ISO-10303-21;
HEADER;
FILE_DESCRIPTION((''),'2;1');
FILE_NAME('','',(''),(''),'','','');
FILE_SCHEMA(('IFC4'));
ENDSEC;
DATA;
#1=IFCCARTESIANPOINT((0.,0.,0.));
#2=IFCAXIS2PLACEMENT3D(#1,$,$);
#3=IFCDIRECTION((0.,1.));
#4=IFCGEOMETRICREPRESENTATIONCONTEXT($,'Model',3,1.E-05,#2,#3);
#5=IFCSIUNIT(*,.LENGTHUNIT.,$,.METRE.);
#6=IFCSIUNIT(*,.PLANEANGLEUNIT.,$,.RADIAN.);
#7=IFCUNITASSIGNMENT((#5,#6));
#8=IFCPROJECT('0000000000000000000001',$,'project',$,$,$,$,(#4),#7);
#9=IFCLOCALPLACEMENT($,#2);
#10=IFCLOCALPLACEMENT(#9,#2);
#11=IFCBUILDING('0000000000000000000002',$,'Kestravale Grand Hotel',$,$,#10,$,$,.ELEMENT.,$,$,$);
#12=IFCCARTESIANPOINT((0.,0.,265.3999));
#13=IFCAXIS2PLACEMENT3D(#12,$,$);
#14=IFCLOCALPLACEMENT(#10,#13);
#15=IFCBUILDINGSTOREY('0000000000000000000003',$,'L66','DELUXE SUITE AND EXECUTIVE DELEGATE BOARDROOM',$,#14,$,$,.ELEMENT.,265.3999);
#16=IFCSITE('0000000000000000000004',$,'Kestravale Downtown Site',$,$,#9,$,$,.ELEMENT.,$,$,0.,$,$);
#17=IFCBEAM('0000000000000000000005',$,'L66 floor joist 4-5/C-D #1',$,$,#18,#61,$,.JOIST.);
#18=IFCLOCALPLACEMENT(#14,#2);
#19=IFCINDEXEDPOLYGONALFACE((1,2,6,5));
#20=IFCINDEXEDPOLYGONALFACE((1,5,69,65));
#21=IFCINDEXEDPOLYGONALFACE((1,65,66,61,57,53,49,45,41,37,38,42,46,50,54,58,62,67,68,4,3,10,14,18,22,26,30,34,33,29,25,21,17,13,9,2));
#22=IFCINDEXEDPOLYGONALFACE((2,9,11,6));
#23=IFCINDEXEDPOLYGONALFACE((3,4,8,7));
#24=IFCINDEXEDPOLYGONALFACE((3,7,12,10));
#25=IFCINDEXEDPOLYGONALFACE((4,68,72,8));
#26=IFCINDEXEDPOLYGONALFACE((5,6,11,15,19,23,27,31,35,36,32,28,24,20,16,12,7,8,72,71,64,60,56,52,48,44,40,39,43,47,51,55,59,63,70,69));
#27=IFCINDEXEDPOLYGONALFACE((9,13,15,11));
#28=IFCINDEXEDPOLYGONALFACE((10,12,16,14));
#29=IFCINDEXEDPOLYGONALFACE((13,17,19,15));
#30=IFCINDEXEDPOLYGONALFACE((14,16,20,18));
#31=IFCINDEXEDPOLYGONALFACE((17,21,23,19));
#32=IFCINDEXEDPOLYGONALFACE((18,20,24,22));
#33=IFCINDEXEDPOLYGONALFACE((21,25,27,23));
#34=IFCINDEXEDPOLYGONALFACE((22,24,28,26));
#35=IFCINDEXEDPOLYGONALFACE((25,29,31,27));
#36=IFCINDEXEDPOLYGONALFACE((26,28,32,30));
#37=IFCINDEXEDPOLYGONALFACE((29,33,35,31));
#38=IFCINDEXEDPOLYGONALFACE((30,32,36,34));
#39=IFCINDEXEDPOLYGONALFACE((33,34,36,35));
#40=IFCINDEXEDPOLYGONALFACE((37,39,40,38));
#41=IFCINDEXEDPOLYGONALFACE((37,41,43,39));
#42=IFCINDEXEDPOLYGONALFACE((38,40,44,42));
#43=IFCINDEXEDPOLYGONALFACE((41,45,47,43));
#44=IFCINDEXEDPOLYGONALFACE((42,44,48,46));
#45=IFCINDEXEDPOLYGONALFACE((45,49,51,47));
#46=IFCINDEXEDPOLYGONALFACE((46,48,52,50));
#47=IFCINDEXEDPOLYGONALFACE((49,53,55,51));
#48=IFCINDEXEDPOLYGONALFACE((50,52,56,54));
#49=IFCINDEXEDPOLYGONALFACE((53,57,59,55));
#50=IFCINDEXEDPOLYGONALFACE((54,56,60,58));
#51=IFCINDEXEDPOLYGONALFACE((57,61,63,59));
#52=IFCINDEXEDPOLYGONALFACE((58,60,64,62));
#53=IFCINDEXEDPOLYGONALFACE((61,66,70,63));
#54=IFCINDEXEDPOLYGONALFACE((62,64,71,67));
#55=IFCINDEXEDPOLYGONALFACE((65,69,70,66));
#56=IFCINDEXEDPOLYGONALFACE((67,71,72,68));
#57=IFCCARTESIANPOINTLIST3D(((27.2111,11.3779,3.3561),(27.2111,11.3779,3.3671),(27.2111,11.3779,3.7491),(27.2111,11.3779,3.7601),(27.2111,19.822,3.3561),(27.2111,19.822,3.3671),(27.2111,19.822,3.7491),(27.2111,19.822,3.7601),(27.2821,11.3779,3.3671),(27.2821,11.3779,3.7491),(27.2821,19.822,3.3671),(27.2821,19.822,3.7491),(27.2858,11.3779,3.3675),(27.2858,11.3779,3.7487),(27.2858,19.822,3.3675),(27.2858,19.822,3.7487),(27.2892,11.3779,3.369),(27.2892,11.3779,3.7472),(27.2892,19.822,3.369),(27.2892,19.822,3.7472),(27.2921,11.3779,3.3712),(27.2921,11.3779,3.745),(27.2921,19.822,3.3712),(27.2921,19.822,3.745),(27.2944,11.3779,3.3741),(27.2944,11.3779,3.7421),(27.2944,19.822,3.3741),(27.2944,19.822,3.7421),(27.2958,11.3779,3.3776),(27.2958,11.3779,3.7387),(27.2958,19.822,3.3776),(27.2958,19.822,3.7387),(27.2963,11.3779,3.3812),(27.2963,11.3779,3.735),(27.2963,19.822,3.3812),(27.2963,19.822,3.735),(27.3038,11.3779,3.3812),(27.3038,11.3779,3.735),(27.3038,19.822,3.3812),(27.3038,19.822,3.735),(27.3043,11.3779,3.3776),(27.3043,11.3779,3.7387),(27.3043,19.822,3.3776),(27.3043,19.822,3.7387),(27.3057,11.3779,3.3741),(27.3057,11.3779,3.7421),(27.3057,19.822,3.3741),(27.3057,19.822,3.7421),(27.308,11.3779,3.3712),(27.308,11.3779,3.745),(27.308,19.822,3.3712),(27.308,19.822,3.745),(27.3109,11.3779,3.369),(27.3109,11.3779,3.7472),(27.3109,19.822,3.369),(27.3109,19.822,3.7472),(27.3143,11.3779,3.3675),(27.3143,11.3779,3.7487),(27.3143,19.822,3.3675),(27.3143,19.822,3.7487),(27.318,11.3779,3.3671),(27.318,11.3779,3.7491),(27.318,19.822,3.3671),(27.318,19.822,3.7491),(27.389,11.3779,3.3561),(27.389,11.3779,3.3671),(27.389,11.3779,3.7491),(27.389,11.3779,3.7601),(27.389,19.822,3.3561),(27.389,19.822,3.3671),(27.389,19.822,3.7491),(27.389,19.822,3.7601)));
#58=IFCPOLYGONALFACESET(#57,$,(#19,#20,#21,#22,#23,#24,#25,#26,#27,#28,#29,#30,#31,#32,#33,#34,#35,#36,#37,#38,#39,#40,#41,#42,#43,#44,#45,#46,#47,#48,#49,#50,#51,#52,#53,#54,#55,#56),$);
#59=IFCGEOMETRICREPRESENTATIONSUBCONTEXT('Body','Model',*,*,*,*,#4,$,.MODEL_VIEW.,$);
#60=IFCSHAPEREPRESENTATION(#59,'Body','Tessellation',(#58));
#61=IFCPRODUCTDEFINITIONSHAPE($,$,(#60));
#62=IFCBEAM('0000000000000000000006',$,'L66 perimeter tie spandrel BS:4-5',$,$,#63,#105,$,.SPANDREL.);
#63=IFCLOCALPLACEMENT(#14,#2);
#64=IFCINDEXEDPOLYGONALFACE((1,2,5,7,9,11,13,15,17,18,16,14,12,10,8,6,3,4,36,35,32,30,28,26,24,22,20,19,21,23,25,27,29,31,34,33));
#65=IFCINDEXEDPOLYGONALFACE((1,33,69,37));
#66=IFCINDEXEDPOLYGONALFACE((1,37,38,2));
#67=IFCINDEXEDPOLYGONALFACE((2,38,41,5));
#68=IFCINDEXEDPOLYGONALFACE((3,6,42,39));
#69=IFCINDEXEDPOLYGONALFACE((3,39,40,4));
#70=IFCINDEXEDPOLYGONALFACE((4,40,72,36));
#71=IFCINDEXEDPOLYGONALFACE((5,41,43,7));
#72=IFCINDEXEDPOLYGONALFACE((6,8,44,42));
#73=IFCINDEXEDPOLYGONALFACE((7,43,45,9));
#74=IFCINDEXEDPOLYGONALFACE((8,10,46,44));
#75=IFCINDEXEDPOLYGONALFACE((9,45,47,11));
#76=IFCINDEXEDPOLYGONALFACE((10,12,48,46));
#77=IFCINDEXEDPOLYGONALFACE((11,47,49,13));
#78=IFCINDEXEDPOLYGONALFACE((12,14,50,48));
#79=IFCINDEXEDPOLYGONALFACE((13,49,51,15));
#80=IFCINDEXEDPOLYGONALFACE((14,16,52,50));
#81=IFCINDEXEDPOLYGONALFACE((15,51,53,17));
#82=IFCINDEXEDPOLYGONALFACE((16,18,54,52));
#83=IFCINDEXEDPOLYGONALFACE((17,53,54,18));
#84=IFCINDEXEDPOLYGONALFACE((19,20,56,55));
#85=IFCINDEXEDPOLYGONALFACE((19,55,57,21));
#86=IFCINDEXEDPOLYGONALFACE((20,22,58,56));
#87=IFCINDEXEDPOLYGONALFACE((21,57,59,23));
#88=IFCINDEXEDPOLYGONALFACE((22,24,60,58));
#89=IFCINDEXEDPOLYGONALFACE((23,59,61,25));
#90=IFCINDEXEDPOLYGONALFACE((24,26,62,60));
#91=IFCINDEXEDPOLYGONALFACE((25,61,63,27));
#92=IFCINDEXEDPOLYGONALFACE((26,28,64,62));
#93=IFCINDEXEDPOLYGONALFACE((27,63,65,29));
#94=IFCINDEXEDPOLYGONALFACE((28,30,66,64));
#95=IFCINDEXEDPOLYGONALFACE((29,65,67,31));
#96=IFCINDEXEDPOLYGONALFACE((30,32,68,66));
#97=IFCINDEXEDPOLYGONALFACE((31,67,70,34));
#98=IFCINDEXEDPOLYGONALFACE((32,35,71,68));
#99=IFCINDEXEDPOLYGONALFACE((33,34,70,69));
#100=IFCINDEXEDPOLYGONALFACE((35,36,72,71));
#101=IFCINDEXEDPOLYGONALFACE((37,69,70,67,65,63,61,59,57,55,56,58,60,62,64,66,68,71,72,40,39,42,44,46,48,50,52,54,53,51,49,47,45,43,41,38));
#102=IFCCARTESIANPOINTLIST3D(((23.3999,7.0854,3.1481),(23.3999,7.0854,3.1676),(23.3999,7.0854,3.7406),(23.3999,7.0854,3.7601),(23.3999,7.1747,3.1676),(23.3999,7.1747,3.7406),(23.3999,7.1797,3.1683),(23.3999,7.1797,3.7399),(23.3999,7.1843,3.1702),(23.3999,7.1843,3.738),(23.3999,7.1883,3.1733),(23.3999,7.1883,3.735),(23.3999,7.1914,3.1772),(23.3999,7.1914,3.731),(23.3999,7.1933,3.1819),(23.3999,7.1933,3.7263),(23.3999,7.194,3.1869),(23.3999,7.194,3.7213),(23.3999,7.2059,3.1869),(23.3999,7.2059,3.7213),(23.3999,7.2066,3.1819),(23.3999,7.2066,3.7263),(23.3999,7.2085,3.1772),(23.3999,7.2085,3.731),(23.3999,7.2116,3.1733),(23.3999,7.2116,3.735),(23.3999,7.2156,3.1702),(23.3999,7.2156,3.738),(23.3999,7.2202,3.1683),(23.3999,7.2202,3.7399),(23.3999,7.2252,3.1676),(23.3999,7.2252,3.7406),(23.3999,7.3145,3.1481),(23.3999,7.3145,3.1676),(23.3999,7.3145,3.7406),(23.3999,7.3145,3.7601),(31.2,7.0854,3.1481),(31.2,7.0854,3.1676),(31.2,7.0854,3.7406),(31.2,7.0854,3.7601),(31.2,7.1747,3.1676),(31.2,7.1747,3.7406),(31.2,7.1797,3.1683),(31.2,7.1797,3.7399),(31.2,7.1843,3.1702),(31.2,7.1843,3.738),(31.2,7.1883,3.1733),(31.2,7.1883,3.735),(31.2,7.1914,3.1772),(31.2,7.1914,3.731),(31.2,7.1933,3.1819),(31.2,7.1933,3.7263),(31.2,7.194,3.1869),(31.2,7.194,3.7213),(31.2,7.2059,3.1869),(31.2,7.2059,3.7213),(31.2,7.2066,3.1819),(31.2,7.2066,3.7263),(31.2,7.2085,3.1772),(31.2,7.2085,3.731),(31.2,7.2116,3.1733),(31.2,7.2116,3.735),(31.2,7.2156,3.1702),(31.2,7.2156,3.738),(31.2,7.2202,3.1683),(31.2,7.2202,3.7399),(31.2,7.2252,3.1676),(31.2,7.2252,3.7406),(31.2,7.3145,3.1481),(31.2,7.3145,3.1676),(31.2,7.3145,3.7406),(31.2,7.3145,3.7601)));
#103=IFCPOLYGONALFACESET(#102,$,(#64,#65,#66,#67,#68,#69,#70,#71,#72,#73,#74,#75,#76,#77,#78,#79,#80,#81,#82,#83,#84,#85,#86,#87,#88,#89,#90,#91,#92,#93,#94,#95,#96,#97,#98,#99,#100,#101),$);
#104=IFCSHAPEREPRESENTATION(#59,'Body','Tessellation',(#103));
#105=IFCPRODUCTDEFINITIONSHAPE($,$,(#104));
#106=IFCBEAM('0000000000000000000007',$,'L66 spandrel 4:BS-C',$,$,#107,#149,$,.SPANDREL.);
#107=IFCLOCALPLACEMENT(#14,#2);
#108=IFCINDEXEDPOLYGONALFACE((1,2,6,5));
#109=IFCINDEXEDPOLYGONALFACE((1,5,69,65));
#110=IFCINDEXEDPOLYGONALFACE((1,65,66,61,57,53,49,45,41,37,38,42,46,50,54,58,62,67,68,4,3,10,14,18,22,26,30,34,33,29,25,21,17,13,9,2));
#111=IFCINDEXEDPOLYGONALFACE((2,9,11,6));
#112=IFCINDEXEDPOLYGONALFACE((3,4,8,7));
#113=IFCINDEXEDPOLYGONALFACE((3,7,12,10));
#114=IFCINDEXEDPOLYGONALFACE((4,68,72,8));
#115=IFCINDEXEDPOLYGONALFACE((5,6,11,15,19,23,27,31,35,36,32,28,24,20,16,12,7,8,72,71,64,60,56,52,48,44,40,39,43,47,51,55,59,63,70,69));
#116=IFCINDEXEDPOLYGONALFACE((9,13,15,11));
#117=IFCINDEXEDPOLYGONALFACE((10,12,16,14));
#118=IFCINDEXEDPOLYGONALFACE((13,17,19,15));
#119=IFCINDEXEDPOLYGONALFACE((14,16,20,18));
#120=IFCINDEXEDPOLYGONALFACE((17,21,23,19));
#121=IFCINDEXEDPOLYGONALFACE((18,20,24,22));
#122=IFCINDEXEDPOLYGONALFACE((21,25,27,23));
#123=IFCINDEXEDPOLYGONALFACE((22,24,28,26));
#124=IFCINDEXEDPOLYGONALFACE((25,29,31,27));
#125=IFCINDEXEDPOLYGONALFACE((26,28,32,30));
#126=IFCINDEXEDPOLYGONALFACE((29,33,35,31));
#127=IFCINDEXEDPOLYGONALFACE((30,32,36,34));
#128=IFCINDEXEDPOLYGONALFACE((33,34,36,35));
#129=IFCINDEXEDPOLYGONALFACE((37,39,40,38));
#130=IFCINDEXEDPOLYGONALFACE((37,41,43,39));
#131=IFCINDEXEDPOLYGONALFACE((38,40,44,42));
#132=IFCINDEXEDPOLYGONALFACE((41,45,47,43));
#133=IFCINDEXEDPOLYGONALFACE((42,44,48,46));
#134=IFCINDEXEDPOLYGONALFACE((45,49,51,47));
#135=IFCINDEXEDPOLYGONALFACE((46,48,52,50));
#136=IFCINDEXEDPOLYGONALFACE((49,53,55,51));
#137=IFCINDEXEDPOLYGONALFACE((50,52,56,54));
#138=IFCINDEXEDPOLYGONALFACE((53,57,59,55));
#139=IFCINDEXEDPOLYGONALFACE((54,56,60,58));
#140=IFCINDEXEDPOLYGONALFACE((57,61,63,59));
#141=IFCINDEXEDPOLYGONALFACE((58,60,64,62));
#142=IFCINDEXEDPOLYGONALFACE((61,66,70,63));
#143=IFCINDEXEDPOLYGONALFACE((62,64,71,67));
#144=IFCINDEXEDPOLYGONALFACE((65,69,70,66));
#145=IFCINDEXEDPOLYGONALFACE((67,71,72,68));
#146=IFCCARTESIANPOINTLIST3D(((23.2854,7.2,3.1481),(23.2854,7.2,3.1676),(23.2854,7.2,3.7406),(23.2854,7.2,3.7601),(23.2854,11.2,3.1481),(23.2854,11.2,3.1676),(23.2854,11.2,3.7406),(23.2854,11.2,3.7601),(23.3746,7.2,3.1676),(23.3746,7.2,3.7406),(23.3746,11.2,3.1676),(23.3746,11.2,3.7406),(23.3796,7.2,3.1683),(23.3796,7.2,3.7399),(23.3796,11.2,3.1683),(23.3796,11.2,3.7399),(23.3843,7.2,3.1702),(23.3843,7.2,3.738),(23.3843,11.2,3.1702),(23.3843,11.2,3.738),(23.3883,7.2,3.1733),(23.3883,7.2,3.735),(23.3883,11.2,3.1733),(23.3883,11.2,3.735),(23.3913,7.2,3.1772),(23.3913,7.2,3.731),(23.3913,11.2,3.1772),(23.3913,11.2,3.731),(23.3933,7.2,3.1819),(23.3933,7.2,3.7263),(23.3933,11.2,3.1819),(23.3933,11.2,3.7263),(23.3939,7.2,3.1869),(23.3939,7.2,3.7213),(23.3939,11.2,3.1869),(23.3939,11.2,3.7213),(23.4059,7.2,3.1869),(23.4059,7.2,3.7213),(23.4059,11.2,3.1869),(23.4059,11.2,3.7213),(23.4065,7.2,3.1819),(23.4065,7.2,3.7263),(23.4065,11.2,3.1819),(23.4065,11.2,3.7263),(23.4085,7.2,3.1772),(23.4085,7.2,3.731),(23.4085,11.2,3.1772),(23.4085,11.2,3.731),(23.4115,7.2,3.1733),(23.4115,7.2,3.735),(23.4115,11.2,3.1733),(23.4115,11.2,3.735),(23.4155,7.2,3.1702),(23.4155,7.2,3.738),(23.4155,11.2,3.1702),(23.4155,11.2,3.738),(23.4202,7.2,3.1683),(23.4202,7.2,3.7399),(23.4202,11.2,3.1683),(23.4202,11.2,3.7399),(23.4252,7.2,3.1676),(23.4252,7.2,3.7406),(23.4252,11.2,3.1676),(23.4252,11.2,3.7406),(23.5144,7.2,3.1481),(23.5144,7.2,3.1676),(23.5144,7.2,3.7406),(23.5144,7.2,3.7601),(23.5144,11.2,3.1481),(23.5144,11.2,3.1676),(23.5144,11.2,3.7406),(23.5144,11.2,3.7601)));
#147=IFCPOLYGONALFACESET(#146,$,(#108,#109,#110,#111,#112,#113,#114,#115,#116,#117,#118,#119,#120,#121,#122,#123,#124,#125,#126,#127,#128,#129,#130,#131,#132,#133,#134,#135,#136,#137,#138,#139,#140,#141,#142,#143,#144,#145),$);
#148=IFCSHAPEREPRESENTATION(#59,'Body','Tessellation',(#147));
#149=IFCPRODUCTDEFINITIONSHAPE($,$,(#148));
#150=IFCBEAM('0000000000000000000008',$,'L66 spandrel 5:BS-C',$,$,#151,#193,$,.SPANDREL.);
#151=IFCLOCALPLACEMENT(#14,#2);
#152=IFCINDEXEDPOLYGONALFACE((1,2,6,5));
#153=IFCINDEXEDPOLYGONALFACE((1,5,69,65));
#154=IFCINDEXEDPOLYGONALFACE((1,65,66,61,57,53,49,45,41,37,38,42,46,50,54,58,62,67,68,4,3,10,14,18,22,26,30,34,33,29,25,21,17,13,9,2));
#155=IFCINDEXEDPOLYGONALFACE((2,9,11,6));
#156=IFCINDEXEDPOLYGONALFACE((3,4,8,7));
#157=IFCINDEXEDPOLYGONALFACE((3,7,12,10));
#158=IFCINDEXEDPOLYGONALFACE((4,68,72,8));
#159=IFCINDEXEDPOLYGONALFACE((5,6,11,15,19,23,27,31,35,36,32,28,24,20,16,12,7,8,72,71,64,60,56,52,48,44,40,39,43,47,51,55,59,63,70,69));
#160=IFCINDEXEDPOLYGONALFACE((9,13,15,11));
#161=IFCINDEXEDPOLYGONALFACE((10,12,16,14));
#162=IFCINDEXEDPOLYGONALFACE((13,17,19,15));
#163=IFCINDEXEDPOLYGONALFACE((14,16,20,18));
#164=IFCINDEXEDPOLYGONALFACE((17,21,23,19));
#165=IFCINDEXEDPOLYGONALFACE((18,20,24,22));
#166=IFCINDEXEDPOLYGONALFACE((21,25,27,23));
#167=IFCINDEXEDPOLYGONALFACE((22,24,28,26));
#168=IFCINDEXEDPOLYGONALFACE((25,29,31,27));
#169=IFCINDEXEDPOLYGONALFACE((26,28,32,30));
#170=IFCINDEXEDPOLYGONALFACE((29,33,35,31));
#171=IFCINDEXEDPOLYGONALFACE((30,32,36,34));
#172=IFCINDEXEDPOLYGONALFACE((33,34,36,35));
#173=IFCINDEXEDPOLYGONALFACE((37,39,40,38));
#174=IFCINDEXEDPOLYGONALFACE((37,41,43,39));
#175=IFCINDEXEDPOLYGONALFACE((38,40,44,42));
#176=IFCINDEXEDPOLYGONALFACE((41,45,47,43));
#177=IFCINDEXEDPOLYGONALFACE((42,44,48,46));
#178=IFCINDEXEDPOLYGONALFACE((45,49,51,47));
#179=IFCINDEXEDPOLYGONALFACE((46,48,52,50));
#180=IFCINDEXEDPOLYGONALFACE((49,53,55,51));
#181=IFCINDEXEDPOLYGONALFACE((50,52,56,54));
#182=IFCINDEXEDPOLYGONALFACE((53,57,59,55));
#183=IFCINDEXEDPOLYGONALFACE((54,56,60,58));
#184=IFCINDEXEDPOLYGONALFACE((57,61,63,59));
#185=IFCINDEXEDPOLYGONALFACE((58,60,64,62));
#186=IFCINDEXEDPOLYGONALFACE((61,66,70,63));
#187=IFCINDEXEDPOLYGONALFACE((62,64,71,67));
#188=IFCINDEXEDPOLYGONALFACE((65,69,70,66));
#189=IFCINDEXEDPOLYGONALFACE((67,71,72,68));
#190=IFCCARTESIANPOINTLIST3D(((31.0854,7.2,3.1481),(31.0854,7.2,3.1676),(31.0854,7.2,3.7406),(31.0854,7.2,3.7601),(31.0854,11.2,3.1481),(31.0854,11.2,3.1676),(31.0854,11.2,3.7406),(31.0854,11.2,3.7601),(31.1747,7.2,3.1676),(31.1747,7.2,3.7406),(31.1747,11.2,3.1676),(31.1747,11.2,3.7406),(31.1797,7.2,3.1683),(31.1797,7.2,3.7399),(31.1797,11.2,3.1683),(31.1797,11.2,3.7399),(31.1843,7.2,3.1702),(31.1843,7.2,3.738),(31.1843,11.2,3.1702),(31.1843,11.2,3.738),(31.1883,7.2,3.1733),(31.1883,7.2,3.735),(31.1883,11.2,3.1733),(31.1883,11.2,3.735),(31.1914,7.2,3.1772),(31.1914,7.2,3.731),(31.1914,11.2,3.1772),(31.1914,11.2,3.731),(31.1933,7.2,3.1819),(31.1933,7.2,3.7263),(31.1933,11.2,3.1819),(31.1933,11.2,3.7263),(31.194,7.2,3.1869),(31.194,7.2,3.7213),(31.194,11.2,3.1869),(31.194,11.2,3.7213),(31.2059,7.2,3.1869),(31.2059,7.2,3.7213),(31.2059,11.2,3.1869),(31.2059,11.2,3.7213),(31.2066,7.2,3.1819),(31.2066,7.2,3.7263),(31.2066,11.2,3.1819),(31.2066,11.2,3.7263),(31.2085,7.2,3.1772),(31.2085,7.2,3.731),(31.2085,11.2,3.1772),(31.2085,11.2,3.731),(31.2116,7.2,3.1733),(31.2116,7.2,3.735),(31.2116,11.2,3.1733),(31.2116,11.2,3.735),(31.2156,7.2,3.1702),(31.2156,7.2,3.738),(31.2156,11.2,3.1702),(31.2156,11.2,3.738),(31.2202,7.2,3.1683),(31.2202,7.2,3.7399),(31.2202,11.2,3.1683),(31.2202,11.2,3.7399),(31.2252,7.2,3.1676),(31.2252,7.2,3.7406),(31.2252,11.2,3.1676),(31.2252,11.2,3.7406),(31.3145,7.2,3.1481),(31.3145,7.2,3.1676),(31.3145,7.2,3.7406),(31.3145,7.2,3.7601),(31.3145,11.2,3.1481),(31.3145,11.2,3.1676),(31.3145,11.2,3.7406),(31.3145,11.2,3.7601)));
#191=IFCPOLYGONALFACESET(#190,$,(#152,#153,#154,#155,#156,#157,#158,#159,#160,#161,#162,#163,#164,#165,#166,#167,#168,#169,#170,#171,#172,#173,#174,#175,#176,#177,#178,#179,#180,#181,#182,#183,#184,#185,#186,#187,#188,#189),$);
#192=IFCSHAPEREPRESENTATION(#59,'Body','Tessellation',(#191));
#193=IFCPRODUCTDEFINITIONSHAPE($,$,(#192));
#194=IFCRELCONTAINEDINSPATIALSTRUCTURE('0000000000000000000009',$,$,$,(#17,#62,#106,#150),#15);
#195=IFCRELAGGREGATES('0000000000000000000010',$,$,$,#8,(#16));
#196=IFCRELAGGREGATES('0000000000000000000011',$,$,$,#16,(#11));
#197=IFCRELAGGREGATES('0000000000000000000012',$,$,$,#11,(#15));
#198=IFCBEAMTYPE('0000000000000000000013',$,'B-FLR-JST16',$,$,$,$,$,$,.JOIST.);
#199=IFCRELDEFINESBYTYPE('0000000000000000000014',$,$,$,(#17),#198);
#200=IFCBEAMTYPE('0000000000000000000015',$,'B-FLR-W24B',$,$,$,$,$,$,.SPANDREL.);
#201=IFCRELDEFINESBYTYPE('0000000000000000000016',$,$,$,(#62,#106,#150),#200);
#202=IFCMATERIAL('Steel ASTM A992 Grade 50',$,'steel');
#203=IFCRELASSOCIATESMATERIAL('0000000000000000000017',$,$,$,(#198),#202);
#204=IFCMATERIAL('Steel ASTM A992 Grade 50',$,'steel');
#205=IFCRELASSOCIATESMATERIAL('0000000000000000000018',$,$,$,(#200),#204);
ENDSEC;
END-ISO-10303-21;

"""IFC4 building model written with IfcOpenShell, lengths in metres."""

from ifc_helpers import new_model, si_unit, direction, frame, origin, origin_2d, place, context, subcontext, project, spatial, i_section, extrude, material, material_profile, profile_set, type_object, element, save


model = new_model("IFC4")

# Units and contexts
model_context = context("Model", 3, precision=1e-05, world=origin(), true_north=direction((0.0, 1.0)))
body_context = subcontext(model_context, "Body", "Model", "MODEL_VIEW")
ifc_project = project(units=[si_unit("LENGTHUNIT", "METRE"), si_unit("PLANEANGLEUNIT", "RADIAN")], contexts=[model_context])

# Site, building, storey
site_placement = place(None, origin())
site = spatial("IfcSite", under=ifc_project, at=site_placement, Name="Kestravale Downtown Site", CompositionType="ELEMENT", RefElevation=0.0)
building_placement = place(site_placement, origin())
building = spatial("IfcBuilding", under=site, at=building_placement, Name="Kestravale Grand Hotel", CompositionType="ELEMENT")
storey_placement = place(building_placement, frame((0.0, 0.0, 265.3999)))
storey = spatial("IfcBuildingStorey", under=building, at=storey_placement, Name="L66", Description="DELUXE SUITE AND EXECUTIVE DELEGATE BOARDROOM", CompositionType="ELEMENT", Elevation=265.3999)

# Beams
ifc_material_1 = material(Name="Steel ASTM A992 Grade 50", Category="steel")
ifc_material_profile_1 = material_profile(ifc_material_1, i_section(OverallWidth=0.178, OverallDepth=0.4041, WebThickness=0.0076, FlangeThickness=0.011, FilletRadius=0.0142, at=origin_2d()))
ifc_profile_set_1 = profile_set([ifc_material_profile_1], Name="Steel ASTM A992 Grade 50")
beam_type_1 = type_object("IfcBeamType", Name="B-FLR-JST16", PredefinedType="JOIST", material=ifc_profile_set_1)
beam_1_placement = place(storey_placement, frame((27.3, 11.3779, 3.5581), z_axis=(0.0, 1.0, 0.0), x_axis=(-1.0, 0.0, 0.0)))
element("IfcBeam", 1, at=beam_1_placement, inside=storey, type_object=beam_type_1, Name="L66 floor joist 4-5/C-D #1", PredefinedType="JOIST", context=body_context, shape_type="SweptSolid", body=[
    extrude(i_section(OverallWidth=0.178, OverallDepth=0.4041, WebThickness=0.0076, FlangeThickness=0.011, FilletRadius=0.0142, at=origin_2d()), origin(), (0.0, 0.0, 1.0), 8.4441),
])
ifc_material_2 = material(Name="Steel ASTM A992 Grade 50", Category="steel")
ifc_material_profile_2 = material_profile(ifc_material_2, i_section(OverallWidth=0.229, OverallDepth=0.6121, WebThickness=0.012, FlangeThickness=0.0195, FilletRadius=0.0193, at=origin_2d()))
ifc_profile_set_2 = profile_set([ifc_material_profile_2], Name="Steel ASTM A992 Grade 50")
beam_type_2 = type_object("IfcBeamType", Name="B-FLR-W24B", PredefinedType="SPANDREL", material=ifc_profile_set_2)
beam_2_placement = place(storey_placement, frame((23.3999, 7.2, 3.4541), z_axis=(1.0, 0.0, 0.0), x_axis=(0.0, 1.0, 0.0)))
element("IfcBeam", 2, at=beam_2_placement, inside=storey, type_object=beam_type_2, Name="L66 perimeter tie spandrel BS:4-5", PredefinedType="SPANDREL", context=body_context, shape_type="SweptSolid", body=[
    extrude(i_section(OverallWidth=0.229, OverallDepth=0.6121, WebThickness=0.012, FlangeThickness=0.0195, FilletRadius=0.0193, at=origin_2d()), origin(), (0.0, 0.0, 1.0), 7.8),
])
for number, where, z_axis, x_axis, name in (
    (3, (23.3999, 7.2, 3.4541), (0.0, 1.0, 0.0), (-1.0, 0.0, 0.0), "L66 spandrel 4:BS-C"),
    (4, (31.2, 7.2, 3.4541), (0.0, 1.0, 0.0), (-1.0, 0.0, 0.0), "L66 spandrel 5:BS-C"),
):
    element("IfcBeam", number, at=place(storey_placement, frame(where, z_axis=z_axis, x_axis=x_axis)), inside=storey, type_object=beam_type_2, Name=name, PredefinedType="SPANDREL", context=body_context, shape_type="SweptSolid", body=[
        extrude(i_section(OverallWidth=0.229, OverallDepth=0.6121, WebThickness=0.012, FlangeThickness=0.0195, FilletRadius=0.0193, at=origin_2d()), origin(), (0.0, 0.0, 1.0), 4.0),
    ])

save(model, "model.ifc")
